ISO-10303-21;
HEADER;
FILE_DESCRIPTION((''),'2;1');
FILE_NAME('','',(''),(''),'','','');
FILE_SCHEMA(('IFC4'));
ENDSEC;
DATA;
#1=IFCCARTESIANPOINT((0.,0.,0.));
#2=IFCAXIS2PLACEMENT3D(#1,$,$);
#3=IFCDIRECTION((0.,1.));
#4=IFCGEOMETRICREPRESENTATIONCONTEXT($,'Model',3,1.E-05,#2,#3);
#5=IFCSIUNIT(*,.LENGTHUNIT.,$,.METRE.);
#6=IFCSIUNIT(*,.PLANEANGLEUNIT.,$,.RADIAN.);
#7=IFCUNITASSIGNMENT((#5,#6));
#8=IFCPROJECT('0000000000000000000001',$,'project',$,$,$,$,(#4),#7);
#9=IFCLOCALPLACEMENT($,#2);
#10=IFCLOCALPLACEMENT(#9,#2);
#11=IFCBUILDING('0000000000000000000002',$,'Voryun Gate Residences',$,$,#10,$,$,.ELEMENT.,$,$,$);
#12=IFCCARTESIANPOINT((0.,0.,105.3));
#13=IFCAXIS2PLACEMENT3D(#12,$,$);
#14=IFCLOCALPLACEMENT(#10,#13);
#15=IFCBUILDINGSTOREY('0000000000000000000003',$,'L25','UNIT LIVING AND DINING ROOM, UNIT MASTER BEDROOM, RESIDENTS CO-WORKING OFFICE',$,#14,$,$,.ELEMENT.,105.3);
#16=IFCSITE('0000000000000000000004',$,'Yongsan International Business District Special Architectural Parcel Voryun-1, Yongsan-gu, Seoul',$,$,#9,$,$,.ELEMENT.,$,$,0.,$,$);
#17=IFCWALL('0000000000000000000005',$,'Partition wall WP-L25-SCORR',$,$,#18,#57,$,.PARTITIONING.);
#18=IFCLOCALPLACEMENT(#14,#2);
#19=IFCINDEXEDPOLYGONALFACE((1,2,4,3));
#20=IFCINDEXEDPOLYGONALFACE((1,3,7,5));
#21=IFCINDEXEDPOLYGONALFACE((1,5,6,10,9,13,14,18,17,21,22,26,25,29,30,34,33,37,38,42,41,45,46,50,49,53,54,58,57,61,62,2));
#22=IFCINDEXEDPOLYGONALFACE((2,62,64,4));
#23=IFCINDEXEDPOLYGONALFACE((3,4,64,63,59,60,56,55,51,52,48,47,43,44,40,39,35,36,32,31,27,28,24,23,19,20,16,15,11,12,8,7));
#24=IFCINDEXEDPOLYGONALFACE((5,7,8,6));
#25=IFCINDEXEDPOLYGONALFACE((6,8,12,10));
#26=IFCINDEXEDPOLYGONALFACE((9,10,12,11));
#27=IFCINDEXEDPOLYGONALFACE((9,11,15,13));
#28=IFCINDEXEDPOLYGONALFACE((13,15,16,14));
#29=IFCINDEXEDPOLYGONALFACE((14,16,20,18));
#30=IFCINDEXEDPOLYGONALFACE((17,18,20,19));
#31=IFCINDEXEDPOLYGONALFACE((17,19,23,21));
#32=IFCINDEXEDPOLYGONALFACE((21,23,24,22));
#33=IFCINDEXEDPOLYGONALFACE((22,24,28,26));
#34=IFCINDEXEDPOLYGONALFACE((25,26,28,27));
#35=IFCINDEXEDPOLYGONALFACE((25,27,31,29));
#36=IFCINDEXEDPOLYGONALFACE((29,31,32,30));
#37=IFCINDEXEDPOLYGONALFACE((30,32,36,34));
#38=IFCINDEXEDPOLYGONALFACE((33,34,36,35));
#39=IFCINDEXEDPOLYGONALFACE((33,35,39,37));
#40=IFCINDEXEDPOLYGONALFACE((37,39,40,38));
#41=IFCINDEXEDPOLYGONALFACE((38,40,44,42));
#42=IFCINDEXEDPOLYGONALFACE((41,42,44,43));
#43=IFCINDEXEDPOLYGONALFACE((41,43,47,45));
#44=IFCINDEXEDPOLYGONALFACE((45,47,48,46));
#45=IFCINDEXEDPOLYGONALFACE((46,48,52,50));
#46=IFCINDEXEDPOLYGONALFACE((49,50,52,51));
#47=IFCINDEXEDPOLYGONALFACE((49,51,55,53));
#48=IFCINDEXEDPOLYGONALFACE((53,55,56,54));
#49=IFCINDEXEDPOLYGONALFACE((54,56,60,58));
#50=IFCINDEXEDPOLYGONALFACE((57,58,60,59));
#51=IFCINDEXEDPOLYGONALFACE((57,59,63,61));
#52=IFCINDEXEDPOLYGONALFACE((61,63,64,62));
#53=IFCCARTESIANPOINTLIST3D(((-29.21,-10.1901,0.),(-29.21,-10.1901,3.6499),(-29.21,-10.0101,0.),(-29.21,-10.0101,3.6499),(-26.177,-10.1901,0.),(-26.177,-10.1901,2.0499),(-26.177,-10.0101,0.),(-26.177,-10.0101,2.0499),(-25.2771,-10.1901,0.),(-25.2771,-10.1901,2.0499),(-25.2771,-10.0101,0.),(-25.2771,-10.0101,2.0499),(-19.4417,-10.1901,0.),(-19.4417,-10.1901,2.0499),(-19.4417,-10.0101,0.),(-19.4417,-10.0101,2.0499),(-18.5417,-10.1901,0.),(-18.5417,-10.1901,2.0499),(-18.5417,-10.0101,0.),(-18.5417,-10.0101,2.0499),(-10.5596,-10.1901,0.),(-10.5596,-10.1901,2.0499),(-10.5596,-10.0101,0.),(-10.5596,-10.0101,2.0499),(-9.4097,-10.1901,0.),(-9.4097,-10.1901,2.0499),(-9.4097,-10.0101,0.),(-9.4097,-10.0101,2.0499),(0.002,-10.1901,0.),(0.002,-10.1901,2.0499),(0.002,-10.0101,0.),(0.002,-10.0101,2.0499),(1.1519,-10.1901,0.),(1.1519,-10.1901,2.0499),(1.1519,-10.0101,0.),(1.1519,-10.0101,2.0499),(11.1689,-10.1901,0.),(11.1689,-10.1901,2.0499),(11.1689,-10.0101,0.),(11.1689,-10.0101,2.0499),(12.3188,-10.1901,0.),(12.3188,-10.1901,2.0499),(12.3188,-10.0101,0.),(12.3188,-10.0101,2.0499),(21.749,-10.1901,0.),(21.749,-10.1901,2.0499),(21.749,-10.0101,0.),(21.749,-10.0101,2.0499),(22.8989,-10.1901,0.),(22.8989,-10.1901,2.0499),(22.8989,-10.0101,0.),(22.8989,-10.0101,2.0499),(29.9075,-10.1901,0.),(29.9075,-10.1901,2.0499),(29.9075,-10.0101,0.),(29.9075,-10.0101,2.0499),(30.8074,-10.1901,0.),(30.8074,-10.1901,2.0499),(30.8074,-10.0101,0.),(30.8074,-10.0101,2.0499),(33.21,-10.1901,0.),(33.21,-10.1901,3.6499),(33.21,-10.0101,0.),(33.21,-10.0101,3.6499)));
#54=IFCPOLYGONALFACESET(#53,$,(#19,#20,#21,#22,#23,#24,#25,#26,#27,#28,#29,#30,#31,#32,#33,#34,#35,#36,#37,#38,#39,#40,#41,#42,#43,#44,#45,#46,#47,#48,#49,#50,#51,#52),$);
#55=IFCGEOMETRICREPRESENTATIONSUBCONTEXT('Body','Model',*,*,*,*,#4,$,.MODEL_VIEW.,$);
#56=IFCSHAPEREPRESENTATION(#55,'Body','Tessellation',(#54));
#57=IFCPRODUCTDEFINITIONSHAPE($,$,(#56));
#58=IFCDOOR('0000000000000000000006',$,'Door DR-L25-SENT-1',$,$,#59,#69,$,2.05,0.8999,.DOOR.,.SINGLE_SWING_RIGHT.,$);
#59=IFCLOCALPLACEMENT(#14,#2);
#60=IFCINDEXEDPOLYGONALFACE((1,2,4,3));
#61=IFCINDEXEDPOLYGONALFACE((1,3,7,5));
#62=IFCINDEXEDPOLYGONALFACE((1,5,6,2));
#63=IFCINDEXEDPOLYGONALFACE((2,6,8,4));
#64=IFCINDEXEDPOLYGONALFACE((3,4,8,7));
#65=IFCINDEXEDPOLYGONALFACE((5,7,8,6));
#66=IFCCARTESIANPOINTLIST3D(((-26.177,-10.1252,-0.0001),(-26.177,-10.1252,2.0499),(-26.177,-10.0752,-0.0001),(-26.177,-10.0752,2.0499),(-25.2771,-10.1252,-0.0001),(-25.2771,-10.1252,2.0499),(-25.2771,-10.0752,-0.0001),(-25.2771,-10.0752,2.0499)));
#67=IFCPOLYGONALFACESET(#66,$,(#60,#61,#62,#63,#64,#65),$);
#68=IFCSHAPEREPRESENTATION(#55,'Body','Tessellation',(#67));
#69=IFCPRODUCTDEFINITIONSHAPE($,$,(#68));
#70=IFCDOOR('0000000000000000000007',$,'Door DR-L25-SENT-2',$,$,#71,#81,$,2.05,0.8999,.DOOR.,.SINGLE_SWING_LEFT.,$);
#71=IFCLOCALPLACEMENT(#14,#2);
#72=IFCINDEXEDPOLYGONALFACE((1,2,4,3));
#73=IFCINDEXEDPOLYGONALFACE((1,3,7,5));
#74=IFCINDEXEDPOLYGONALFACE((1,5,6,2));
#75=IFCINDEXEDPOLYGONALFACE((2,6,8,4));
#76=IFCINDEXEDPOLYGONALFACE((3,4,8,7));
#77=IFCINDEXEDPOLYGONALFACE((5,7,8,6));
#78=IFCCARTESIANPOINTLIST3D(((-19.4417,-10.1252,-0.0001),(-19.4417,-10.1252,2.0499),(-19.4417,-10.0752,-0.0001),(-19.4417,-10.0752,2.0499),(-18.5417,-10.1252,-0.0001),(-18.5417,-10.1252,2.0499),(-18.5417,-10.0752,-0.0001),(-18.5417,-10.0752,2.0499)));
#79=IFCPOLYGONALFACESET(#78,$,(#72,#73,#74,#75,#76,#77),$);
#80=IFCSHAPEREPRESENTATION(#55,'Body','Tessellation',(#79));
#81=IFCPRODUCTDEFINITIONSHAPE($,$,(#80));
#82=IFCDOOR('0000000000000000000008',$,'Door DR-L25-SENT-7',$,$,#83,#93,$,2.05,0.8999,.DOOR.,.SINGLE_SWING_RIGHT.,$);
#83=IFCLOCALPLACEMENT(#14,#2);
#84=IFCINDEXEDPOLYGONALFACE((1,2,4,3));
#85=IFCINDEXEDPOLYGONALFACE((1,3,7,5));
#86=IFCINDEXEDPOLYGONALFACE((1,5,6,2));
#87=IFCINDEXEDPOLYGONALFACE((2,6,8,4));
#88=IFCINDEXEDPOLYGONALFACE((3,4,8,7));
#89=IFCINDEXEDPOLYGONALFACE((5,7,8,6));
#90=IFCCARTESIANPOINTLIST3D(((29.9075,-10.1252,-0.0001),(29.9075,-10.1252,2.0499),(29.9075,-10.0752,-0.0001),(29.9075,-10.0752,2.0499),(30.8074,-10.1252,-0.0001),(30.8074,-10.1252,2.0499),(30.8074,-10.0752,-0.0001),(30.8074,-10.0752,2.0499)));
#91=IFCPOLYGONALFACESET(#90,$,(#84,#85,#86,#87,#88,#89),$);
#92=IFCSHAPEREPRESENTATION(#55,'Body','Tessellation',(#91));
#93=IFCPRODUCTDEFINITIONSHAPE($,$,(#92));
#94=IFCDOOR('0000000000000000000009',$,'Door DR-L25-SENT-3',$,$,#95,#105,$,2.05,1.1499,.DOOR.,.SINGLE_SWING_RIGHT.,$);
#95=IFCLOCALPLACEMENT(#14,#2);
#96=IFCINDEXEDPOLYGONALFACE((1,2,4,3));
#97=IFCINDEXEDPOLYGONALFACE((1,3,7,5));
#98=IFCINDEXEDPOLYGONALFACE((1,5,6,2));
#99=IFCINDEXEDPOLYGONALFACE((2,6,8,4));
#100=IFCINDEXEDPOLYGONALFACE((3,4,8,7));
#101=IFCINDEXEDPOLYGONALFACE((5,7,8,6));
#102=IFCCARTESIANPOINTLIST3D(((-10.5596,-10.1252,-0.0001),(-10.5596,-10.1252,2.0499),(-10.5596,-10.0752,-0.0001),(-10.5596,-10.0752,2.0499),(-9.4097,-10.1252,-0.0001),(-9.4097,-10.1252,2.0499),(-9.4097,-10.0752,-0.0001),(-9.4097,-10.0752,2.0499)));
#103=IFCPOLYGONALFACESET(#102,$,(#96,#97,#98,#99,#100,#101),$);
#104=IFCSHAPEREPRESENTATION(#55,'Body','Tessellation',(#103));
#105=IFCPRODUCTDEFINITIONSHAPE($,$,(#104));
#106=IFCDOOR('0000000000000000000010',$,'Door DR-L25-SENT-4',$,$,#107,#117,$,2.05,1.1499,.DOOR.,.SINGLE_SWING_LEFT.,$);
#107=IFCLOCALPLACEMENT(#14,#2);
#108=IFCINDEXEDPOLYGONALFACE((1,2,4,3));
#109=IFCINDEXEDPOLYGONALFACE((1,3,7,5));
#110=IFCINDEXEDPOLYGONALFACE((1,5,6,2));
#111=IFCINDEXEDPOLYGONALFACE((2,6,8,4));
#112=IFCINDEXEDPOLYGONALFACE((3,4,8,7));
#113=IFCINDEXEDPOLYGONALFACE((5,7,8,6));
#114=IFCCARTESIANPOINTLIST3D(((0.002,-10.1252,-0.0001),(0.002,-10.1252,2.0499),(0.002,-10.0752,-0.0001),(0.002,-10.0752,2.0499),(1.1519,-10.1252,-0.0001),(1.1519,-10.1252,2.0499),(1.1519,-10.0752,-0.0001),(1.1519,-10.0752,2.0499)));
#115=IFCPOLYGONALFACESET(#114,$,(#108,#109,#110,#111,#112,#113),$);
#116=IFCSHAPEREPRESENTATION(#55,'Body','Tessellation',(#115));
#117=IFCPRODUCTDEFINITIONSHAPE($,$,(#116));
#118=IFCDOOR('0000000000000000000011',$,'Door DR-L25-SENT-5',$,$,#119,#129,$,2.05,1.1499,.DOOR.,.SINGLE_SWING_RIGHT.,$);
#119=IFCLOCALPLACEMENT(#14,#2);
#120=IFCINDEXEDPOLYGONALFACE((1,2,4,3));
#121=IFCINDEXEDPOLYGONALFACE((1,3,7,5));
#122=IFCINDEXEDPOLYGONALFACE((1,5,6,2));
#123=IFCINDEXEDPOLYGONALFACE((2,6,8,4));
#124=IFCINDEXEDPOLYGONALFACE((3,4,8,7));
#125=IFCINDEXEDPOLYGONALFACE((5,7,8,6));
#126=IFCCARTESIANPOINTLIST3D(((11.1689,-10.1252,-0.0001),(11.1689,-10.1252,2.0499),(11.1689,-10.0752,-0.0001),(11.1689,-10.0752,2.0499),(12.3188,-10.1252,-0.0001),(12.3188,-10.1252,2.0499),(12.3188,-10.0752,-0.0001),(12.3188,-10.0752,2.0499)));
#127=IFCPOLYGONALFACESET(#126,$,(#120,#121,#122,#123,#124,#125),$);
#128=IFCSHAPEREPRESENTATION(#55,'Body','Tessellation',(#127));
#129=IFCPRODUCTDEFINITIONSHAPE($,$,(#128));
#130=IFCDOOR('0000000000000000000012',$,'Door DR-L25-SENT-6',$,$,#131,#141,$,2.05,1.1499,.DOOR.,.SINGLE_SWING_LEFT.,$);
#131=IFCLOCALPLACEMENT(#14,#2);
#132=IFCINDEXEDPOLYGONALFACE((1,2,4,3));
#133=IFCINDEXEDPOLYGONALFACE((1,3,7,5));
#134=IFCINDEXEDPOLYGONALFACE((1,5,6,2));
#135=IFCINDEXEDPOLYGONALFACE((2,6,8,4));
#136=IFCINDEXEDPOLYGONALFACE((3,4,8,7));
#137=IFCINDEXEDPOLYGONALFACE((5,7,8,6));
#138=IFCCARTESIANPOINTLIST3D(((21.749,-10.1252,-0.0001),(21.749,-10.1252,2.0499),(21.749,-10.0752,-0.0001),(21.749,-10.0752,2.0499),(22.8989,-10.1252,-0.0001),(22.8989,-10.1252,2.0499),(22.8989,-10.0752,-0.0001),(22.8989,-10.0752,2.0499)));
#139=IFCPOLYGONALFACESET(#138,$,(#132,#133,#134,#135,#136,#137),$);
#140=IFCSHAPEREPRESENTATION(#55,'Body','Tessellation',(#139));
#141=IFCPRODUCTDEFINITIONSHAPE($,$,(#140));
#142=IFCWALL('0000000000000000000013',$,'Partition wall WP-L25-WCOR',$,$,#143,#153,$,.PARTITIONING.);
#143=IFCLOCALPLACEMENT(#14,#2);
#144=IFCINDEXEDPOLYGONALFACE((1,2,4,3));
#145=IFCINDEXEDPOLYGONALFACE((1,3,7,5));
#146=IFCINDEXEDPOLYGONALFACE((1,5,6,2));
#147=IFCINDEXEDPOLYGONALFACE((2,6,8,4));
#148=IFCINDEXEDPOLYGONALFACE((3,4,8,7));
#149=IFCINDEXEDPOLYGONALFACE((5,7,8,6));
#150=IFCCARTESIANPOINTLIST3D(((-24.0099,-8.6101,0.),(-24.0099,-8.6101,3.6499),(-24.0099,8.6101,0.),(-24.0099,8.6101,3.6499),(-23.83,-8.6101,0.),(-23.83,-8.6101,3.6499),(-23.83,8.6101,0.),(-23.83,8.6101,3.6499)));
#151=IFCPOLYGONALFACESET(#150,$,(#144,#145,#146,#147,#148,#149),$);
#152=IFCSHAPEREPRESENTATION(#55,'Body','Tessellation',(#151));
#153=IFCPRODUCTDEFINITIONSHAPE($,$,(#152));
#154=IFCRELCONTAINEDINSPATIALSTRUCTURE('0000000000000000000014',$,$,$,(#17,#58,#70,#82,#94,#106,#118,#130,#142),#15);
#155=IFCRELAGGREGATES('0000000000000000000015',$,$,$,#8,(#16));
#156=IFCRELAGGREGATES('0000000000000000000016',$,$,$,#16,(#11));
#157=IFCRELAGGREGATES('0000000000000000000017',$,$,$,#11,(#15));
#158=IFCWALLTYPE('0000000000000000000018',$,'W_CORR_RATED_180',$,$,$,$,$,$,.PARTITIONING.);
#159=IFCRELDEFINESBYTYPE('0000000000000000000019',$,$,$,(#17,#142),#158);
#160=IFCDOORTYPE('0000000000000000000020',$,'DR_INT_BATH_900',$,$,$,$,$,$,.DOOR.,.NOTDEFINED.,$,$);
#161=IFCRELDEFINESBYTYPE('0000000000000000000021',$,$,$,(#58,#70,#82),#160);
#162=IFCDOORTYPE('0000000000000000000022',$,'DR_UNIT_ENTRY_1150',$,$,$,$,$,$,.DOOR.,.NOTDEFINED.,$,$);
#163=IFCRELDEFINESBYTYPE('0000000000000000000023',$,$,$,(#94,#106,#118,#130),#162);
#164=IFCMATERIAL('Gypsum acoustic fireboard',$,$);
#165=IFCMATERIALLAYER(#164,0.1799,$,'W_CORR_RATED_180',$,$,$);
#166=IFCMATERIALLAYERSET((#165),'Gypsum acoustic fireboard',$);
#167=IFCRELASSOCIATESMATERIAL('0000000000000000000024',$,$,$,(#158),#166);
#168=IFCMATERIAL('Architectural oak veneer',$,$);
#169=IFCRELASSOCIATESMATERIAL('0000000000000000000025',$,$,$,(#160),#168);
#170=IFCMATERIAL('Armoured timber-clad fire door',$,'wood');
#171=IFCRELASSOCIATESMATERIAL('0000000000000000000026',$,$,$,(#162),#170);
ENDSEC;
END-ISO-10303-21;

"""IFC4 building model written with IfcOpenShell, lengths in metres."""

from ifc_helpers import new_model, si_unit, direction, frame, frame_2d, origin, place, context, subcontext, project, spatial, rectangle, extrude, material, layer, layer_set, type_object, element, fill, save


model = new_model("IFC4")

# Units and contexts
model_context = context("Model", 3, precision=1e-05, world=origin(), true_north=direction((0.0, 1.0)))
body_context = subcontext(model_context, "Body", "Model", "MODEL_VIEW")
ifc_project = project(units=[si_unit("LENGTHUNIT", "METRE"), si_unit("PLANEANGLEUNIT", "RADIAN")], contexts=[model_context])

# Site, building, storey
site_placement = place(None, origin())
site = spatial("IfcSite", under=ifc_project, at=site_placement, Name="Yongsan International Business District Special Architectural Parcel Voryun-1, Yongsan-gu, Seoul", CompositionType="ELEMENT", RefElevation=0.0)
building_placement = place(site_placement, origin())
building = spatial("IfcBuilding", under=site, at=building_placement, Name="Voryun Gate Residences", CompositionType="ELEMENT")
storey_placement = place(building_placement, frame((0.0, 0.0, 105.3)))
storey = spatial("IfcBuildingStorey", under=building, at=storey_placement, Name="L25", Description="UNIT LIVING AND DINING ROOM, UNIT MASTER BEDROOM, RESIDENTS CO-WORKING OFFICE", CompositionType="ELEMENT", Elevation=105.3)

# Shared definitions
ifc_material_1 = material(Name="Gypsum acoustic fireboard")
ifc_layer_1 = layer(ifc_material_1, 0.1799, Name="W_CORR_RATED_180")
ifc_layer_set_1 = layer_set([ifc_layer_1], Name="Gypsum acoustic fireboard")
wall_type_1 = type_object("IfcWallType", Name="W_CORR_RATED_180", PredefinedType="PARTITIONING", material=ifc_layer_set_1)

# Wall, openings, doors
wall_1_placement = place(storey_placement, frame((-29.21, -10.1001, 0.0), z_axis=(0.0, 0.0, 1.0), x_axis=(1.0, 0.0, 0.0)))
wall_1 = element("IfcWall", 1, at=wall_1_placement, inside=storey, type_object=wall_type_1, Name="Partition wall WP-L25-SCORR", PredefinedType="PARTITIONING", context=body_context, shape_type="SweptSolid", body=[
    extrude(rectangle(XDim=62.4199, YDim=0.1799, at=frame_2d((31.21, 0.0))), origin(), (0.0, 0.0, 1.0), 3.6499),
])
opening_1_placement = place(wall_1_placement, frame((3.033, 0.0, 0.0)))
opening_1 = element("IfcOpeningElement", 2, at=opening_1_placement, cuts=wall_1, PredefinedType="OPENING", context=body_context, shape_type="SweptSolid", body=[
    extrude(rectangle(XDim=0.8999, YDim=2.05, at=frame_2d((0.45, 1.0249))), frame((0.0, 0.0999, 0.0), z_axis=(0.0, -1.0, 0.0), x_axis=(1.0, 0.0, 0.0)), (0.0, 0.0, 1.0), 0.2),
])
opening_2_placement = place(wall_1_placement, frame((9.7683, 0.0, 0.0)))
opening_2 = element("IfcOpeningElement", 3, at=opening_2_placement, cuts=wall_1, PredefinedType="OPENING", context=body_context, shape_type="SweptSolid", body=[
    extrude(rectangle(XDim=0.8999, YDim=2.05, at=frame_2d((0.45, 1.0249))), frame((0.0, 0.0999, 0.0), z_axis=(0.0, -1.0, 0.0), x_axis=(1.0, 0.0, 0.0)), (0.0, 0.0, 1.0), 0.2),
])
opening_3_placement = place(wall_1_placement, frame((18.6504, 0.0, 0.0)))
opening_3 = element("IfcOpeningElement", 4, at=opening_3_placement, cuts=wall_1, PredefinedType="OPENING", context=body_context, shape_type="SweptSolid", body=[
    extrude(rectangle(XDim=1.1499, YDim=2.05, at=frame_2d((0.575, 1.0249))), frame((0.0, 0.0999, 0.0), z_axis=(0.0, -1.0, 0.0), x_axis=(1.0, 0.0, 0.0)), (0.0, 0.0, 1.0), 0.2),
])
opening_4_placement = place(wall_1_placement, frame((29.2119, 0.0, 0.0)))
opening_4 = element("IfcOpeningElement", 5, at=opening_4_placement, cuts=wall_1, PredefinedType="OPENING", context=body_context, shape_type="SweptSolid", body=[
    extrude(rectangle(XDim=1.1499, YDim=2.05, at=frame_2d((0.575, 1.0249))), frame((0.0, 0.0999, 0.0), z_axis=(0.0, -1.0, 0.0), x_axis=(1.0, 0.0, 0.0)), (0.0, 0.0, 1.0), 0.2),
])
opening_5_placement = place(wall_1_placement, frame((40.3789, 0.0, 0.0)))
opening_5 = element("IfcOpeningElement", 6, at=opening_5_placement, cuts=wall_1, PredefinedType="OPENING", context=body_context, shape_type="SweptSolid", body=[
    extrude(rectangle(XDim=1.1499, YDim=2.05, at=frame_2d((0.575, 1.0249))), frame((0.0, 0.0999, 0.0), z_axis=(0.0, -1.0, 0.0), x_axis=(1.0, 0.0, 0.0)), (0.0, 0.0, 1.0), 0.2),
])
opening_6_placement = place(wall_1_placement, frame((50.959, 0.0, 0.0)))
opening_6 = element("IfcOpeningElement", 7, at=opening_6_placement, cuts=wall_1, PredefinedType="OPENING", context=body_context, shape_type="SweptSolid", body=[
    extrude(rectangle(XDim=1.1499, YDim=2.05, at=frame_2d((0.575, 1.0249))), frame((0.0, 0.0999, 0.0), z_axis=(0.0, -1.0, 0.0), x_axis=(1.0, 0.0, 0.0)), (0.0, 0.0, 1.0), 0.2),
])
opening_7_placement = place(wall_1_placement, frame((59.1174, 0.0, 0.0)))
opening_7 = element("IfcOpeningElement", 8, at=opening_7_placement, cuts=wall_1, PredefinedType="OPENING", context=body_context, shape_type="SweptSolid", body=[
    extrude(rectangle(XDim=0.8999, YDim=2.05, at=frame_2d((0.45, 1.0249))), frame((0.0, 0.0999, 0.0), z_axis=(0.0, -1.0, 0.0), x_axis=(1.0, 0.0, 0.0)), (0.0, 0.0, 1.0), 0.2),
])
ifc_material_2 = material(Name="Architectural oak veneer")
door_type_1 = type_object("IfcDoorType", Name="DR_INT_BATH_900", OperationType="NOTDEFINED", PredefinedType="DOOR", material=ifc_material_2)
door_1_placement = place(opening_1_placement, origin())
door_1 = element("IfcDoor", 9, at=door_1_placement, inside=storey, type_object=door_type_1, Name="Door DR-L25-SENT-1", OperationType="SINGLE_SWING_RIGHT", OverallHeight=2.05, OverallWidth=0.8999, PredefinedType="DOOR", context=body_context, shape_type="SweptSolid", body=[
    extrude(rectangle(XDim=0.8999, YDim=2.05, at=frame_2d((0.45, 1.0249))), frame((0.0, 0.0249, 0.0), z_axis=(0.0, -1.0, 0.0), x_axis=(1.0, 0.0, 0.0)), (0.0, 0.0, 1.0), 0.05),
])
fill(opening_1, door_1)
door_2_placement = place(opening_2_placement, origin())
door_2 = element("IfcDoor", 10, at=door_2_placement, inside=storey, type_object=door_type_1, Name="Door DR-L25-SENT-2", OperationType="SINGLE_SWING_LEFT", OverallHeight=2.05, OverallWidth=0.8999, PredefinedType="DOOR", context=body_context, shape_type="SweptSolid", body=[
    extrude(rectangle(XDim=0.8999, YDim=2.05, at=frame_2d((0.45, 1.0249))), frame((0.0, 0.0249, 0.0), z_axis=(0.0, -1.0, 0.0), x_axis=(1.0, 0.0, 0.0)), (0.0, 0.0, 1.0), 0.05),
])
fill(opening_2, door_2)
door_3_placement = place(opening_7_placement, origin())
door_3 = element("IfcDoor", 11, at=door_3_placement, inside=storey, type_object=door_type_1, Name="Door DR-L25-SENT-7", OperationType="SINGLE_SWING_RIGHT", OverallHeight=2.05, OverallWidth=0.8999, PredefinedType="DOOR", context=body_context, shape_type="SweptSolid", body=[
    extrude(rectangle(XDim=0.8999, YDim=2.05, at=frame_2d((0.45, 1.0249))), frame((0.0, 0.0249, 0.0), z_axis=(0.0, -1.0, 0.0), x_axis=(1.0, 0.0, 0.0)), (0.0, 0.0, 1.0), 0.05),
])
fill(opening_7, door_3)
ifc_material_3 = material(Name="Armoured timber-clad fire door", Category="wood")
door_type_2 = type_object("IfcDoorType", Name="DR_UNIT_ENTRY_1150", OperationType="NOTDEFINED", PredefinedType="DOOR", material=ifc_material_3)
door_4_placement = place(opening_3_placement, origin())
door_4 = element("IfcDoor", 12, at=door_4_placement, inside=storey, type_object=door_type_2, Name="Door DR-L25-SENT-3", OperationType="SINGLE_SWING_RIGHT", OverallHeight=2.05, OverallWidth=1.1499, PredefinedType="DOOR", context=body_context, shape_type="SweptSolid", body=[
    extrude(rectangle(XDim=1.1499, YDim=2.05, at=frame_2d((0.575, 1.0249))), frame((0.0, 0.0249, 0.0), z_axis=(0.0, -1.0, 0.0), x_axis=(1.0, 0.0, 0.0)), (0.0, 0.0, 1.0), 0.05),
])
fill(opening_3, door_4)
door_5_placement = place(opening_4_placement, origin())
door_5 = element("IfcDoor", 13, at=door_5_placement, inside=storey, type_object=door_type_2, Name="Door DR-L25-SENT-4", OperationType="SINGLE_SWING_LEFT", OverallHeight=2.05, OverallWidth=1.1499, PredefinedType="DOOR", context=body_context, shape_type="SweptSolid", body=[
    extrude(rectangle(XDim=1.1499, YDim=2.05, at=frame_2d((0.575, 1.0249))), frame((0.0, 0.0249, 0.0), z_axis=(0.0, -1.0, 0.0), x_axis=(1.0, 0.0, 0.0)), (0.0, 0.0, 1.0), 0.05),
])
fill(opening_4, door_5)
door_6_placement = place(opening_5_placement, origin())
door_6 = element("IfcDoor", 14, at=door_6_placement, inside=storey, type_object=door_type_2, Name="Door DR-L25-SENT-5", OperationType="SINGLE_SWING_RIGHT", OverallHeight=2.05, OverallWidth=1.1499, PredefinedType="DOOR", context=body_context, shape_type="SweptSolid", body=[
    extrude(rectangle(XDim=1.1499, YDim=2.05, at=frame_2d((0.575, 1.0249))), frame((0.0, 0.0249, 0.0), z_axis=(0.0, -1.0, 0.0), x_axis=(1.0, 0.0, 0.0)), (0.0, 0.0, 1.0), 0.05),
])
fill(opening_5, door_6)
door_7_placement = place(opening_6_placement, origin())
door_7 = element("IfcDoor", 15, at=door_7_placement, inside=storey, type_object=door_type_2, Name="Door DR-L25-SENT-6", OperationType="SINGLE_SWING_LEFT", OverallHeight=2.05, OverallWidth=1.1499, PredefinedType="DOOR", context=body_context, shape_type="SweptSolid", body=[
    extrude(rectangle(XDim=1.1499, YDim=2.05, at=frame_2d((0.575, 1.0249))), frame((0.0, 0.0249, 0.0), z_axis=(0.0, -1.0, 0.0), x_axis=(1.0, 0.0, 0.0)), (0.0, 0.0, 1.0), 0.05),
])
fill(opening_6, door_7)

# Wall
wall_2_placement = place(storey_placement, frame((-23.9199, -8.6101, 0.0), z_axis=(0.0, 0.0, 1.0), x_axis=(0.0, 1.0, 0.0)))
element("IfcWall", 16, at=wall_2_placement, inside=storey, type_object=wall_type_1, Name="Partition wall WP-L25-WCOR", PredefinedType="PARTITIONING", context=body_context, shape_type="SweptSolid", body=[
    extrude(rectangle(XDim=17.2202, YDim=0.1799, at=frame_2d((8.6101, 0.0))), origin(), (0.0, 0.0, 1.0), 3.6499),
])

save(model, "model.ifc")
